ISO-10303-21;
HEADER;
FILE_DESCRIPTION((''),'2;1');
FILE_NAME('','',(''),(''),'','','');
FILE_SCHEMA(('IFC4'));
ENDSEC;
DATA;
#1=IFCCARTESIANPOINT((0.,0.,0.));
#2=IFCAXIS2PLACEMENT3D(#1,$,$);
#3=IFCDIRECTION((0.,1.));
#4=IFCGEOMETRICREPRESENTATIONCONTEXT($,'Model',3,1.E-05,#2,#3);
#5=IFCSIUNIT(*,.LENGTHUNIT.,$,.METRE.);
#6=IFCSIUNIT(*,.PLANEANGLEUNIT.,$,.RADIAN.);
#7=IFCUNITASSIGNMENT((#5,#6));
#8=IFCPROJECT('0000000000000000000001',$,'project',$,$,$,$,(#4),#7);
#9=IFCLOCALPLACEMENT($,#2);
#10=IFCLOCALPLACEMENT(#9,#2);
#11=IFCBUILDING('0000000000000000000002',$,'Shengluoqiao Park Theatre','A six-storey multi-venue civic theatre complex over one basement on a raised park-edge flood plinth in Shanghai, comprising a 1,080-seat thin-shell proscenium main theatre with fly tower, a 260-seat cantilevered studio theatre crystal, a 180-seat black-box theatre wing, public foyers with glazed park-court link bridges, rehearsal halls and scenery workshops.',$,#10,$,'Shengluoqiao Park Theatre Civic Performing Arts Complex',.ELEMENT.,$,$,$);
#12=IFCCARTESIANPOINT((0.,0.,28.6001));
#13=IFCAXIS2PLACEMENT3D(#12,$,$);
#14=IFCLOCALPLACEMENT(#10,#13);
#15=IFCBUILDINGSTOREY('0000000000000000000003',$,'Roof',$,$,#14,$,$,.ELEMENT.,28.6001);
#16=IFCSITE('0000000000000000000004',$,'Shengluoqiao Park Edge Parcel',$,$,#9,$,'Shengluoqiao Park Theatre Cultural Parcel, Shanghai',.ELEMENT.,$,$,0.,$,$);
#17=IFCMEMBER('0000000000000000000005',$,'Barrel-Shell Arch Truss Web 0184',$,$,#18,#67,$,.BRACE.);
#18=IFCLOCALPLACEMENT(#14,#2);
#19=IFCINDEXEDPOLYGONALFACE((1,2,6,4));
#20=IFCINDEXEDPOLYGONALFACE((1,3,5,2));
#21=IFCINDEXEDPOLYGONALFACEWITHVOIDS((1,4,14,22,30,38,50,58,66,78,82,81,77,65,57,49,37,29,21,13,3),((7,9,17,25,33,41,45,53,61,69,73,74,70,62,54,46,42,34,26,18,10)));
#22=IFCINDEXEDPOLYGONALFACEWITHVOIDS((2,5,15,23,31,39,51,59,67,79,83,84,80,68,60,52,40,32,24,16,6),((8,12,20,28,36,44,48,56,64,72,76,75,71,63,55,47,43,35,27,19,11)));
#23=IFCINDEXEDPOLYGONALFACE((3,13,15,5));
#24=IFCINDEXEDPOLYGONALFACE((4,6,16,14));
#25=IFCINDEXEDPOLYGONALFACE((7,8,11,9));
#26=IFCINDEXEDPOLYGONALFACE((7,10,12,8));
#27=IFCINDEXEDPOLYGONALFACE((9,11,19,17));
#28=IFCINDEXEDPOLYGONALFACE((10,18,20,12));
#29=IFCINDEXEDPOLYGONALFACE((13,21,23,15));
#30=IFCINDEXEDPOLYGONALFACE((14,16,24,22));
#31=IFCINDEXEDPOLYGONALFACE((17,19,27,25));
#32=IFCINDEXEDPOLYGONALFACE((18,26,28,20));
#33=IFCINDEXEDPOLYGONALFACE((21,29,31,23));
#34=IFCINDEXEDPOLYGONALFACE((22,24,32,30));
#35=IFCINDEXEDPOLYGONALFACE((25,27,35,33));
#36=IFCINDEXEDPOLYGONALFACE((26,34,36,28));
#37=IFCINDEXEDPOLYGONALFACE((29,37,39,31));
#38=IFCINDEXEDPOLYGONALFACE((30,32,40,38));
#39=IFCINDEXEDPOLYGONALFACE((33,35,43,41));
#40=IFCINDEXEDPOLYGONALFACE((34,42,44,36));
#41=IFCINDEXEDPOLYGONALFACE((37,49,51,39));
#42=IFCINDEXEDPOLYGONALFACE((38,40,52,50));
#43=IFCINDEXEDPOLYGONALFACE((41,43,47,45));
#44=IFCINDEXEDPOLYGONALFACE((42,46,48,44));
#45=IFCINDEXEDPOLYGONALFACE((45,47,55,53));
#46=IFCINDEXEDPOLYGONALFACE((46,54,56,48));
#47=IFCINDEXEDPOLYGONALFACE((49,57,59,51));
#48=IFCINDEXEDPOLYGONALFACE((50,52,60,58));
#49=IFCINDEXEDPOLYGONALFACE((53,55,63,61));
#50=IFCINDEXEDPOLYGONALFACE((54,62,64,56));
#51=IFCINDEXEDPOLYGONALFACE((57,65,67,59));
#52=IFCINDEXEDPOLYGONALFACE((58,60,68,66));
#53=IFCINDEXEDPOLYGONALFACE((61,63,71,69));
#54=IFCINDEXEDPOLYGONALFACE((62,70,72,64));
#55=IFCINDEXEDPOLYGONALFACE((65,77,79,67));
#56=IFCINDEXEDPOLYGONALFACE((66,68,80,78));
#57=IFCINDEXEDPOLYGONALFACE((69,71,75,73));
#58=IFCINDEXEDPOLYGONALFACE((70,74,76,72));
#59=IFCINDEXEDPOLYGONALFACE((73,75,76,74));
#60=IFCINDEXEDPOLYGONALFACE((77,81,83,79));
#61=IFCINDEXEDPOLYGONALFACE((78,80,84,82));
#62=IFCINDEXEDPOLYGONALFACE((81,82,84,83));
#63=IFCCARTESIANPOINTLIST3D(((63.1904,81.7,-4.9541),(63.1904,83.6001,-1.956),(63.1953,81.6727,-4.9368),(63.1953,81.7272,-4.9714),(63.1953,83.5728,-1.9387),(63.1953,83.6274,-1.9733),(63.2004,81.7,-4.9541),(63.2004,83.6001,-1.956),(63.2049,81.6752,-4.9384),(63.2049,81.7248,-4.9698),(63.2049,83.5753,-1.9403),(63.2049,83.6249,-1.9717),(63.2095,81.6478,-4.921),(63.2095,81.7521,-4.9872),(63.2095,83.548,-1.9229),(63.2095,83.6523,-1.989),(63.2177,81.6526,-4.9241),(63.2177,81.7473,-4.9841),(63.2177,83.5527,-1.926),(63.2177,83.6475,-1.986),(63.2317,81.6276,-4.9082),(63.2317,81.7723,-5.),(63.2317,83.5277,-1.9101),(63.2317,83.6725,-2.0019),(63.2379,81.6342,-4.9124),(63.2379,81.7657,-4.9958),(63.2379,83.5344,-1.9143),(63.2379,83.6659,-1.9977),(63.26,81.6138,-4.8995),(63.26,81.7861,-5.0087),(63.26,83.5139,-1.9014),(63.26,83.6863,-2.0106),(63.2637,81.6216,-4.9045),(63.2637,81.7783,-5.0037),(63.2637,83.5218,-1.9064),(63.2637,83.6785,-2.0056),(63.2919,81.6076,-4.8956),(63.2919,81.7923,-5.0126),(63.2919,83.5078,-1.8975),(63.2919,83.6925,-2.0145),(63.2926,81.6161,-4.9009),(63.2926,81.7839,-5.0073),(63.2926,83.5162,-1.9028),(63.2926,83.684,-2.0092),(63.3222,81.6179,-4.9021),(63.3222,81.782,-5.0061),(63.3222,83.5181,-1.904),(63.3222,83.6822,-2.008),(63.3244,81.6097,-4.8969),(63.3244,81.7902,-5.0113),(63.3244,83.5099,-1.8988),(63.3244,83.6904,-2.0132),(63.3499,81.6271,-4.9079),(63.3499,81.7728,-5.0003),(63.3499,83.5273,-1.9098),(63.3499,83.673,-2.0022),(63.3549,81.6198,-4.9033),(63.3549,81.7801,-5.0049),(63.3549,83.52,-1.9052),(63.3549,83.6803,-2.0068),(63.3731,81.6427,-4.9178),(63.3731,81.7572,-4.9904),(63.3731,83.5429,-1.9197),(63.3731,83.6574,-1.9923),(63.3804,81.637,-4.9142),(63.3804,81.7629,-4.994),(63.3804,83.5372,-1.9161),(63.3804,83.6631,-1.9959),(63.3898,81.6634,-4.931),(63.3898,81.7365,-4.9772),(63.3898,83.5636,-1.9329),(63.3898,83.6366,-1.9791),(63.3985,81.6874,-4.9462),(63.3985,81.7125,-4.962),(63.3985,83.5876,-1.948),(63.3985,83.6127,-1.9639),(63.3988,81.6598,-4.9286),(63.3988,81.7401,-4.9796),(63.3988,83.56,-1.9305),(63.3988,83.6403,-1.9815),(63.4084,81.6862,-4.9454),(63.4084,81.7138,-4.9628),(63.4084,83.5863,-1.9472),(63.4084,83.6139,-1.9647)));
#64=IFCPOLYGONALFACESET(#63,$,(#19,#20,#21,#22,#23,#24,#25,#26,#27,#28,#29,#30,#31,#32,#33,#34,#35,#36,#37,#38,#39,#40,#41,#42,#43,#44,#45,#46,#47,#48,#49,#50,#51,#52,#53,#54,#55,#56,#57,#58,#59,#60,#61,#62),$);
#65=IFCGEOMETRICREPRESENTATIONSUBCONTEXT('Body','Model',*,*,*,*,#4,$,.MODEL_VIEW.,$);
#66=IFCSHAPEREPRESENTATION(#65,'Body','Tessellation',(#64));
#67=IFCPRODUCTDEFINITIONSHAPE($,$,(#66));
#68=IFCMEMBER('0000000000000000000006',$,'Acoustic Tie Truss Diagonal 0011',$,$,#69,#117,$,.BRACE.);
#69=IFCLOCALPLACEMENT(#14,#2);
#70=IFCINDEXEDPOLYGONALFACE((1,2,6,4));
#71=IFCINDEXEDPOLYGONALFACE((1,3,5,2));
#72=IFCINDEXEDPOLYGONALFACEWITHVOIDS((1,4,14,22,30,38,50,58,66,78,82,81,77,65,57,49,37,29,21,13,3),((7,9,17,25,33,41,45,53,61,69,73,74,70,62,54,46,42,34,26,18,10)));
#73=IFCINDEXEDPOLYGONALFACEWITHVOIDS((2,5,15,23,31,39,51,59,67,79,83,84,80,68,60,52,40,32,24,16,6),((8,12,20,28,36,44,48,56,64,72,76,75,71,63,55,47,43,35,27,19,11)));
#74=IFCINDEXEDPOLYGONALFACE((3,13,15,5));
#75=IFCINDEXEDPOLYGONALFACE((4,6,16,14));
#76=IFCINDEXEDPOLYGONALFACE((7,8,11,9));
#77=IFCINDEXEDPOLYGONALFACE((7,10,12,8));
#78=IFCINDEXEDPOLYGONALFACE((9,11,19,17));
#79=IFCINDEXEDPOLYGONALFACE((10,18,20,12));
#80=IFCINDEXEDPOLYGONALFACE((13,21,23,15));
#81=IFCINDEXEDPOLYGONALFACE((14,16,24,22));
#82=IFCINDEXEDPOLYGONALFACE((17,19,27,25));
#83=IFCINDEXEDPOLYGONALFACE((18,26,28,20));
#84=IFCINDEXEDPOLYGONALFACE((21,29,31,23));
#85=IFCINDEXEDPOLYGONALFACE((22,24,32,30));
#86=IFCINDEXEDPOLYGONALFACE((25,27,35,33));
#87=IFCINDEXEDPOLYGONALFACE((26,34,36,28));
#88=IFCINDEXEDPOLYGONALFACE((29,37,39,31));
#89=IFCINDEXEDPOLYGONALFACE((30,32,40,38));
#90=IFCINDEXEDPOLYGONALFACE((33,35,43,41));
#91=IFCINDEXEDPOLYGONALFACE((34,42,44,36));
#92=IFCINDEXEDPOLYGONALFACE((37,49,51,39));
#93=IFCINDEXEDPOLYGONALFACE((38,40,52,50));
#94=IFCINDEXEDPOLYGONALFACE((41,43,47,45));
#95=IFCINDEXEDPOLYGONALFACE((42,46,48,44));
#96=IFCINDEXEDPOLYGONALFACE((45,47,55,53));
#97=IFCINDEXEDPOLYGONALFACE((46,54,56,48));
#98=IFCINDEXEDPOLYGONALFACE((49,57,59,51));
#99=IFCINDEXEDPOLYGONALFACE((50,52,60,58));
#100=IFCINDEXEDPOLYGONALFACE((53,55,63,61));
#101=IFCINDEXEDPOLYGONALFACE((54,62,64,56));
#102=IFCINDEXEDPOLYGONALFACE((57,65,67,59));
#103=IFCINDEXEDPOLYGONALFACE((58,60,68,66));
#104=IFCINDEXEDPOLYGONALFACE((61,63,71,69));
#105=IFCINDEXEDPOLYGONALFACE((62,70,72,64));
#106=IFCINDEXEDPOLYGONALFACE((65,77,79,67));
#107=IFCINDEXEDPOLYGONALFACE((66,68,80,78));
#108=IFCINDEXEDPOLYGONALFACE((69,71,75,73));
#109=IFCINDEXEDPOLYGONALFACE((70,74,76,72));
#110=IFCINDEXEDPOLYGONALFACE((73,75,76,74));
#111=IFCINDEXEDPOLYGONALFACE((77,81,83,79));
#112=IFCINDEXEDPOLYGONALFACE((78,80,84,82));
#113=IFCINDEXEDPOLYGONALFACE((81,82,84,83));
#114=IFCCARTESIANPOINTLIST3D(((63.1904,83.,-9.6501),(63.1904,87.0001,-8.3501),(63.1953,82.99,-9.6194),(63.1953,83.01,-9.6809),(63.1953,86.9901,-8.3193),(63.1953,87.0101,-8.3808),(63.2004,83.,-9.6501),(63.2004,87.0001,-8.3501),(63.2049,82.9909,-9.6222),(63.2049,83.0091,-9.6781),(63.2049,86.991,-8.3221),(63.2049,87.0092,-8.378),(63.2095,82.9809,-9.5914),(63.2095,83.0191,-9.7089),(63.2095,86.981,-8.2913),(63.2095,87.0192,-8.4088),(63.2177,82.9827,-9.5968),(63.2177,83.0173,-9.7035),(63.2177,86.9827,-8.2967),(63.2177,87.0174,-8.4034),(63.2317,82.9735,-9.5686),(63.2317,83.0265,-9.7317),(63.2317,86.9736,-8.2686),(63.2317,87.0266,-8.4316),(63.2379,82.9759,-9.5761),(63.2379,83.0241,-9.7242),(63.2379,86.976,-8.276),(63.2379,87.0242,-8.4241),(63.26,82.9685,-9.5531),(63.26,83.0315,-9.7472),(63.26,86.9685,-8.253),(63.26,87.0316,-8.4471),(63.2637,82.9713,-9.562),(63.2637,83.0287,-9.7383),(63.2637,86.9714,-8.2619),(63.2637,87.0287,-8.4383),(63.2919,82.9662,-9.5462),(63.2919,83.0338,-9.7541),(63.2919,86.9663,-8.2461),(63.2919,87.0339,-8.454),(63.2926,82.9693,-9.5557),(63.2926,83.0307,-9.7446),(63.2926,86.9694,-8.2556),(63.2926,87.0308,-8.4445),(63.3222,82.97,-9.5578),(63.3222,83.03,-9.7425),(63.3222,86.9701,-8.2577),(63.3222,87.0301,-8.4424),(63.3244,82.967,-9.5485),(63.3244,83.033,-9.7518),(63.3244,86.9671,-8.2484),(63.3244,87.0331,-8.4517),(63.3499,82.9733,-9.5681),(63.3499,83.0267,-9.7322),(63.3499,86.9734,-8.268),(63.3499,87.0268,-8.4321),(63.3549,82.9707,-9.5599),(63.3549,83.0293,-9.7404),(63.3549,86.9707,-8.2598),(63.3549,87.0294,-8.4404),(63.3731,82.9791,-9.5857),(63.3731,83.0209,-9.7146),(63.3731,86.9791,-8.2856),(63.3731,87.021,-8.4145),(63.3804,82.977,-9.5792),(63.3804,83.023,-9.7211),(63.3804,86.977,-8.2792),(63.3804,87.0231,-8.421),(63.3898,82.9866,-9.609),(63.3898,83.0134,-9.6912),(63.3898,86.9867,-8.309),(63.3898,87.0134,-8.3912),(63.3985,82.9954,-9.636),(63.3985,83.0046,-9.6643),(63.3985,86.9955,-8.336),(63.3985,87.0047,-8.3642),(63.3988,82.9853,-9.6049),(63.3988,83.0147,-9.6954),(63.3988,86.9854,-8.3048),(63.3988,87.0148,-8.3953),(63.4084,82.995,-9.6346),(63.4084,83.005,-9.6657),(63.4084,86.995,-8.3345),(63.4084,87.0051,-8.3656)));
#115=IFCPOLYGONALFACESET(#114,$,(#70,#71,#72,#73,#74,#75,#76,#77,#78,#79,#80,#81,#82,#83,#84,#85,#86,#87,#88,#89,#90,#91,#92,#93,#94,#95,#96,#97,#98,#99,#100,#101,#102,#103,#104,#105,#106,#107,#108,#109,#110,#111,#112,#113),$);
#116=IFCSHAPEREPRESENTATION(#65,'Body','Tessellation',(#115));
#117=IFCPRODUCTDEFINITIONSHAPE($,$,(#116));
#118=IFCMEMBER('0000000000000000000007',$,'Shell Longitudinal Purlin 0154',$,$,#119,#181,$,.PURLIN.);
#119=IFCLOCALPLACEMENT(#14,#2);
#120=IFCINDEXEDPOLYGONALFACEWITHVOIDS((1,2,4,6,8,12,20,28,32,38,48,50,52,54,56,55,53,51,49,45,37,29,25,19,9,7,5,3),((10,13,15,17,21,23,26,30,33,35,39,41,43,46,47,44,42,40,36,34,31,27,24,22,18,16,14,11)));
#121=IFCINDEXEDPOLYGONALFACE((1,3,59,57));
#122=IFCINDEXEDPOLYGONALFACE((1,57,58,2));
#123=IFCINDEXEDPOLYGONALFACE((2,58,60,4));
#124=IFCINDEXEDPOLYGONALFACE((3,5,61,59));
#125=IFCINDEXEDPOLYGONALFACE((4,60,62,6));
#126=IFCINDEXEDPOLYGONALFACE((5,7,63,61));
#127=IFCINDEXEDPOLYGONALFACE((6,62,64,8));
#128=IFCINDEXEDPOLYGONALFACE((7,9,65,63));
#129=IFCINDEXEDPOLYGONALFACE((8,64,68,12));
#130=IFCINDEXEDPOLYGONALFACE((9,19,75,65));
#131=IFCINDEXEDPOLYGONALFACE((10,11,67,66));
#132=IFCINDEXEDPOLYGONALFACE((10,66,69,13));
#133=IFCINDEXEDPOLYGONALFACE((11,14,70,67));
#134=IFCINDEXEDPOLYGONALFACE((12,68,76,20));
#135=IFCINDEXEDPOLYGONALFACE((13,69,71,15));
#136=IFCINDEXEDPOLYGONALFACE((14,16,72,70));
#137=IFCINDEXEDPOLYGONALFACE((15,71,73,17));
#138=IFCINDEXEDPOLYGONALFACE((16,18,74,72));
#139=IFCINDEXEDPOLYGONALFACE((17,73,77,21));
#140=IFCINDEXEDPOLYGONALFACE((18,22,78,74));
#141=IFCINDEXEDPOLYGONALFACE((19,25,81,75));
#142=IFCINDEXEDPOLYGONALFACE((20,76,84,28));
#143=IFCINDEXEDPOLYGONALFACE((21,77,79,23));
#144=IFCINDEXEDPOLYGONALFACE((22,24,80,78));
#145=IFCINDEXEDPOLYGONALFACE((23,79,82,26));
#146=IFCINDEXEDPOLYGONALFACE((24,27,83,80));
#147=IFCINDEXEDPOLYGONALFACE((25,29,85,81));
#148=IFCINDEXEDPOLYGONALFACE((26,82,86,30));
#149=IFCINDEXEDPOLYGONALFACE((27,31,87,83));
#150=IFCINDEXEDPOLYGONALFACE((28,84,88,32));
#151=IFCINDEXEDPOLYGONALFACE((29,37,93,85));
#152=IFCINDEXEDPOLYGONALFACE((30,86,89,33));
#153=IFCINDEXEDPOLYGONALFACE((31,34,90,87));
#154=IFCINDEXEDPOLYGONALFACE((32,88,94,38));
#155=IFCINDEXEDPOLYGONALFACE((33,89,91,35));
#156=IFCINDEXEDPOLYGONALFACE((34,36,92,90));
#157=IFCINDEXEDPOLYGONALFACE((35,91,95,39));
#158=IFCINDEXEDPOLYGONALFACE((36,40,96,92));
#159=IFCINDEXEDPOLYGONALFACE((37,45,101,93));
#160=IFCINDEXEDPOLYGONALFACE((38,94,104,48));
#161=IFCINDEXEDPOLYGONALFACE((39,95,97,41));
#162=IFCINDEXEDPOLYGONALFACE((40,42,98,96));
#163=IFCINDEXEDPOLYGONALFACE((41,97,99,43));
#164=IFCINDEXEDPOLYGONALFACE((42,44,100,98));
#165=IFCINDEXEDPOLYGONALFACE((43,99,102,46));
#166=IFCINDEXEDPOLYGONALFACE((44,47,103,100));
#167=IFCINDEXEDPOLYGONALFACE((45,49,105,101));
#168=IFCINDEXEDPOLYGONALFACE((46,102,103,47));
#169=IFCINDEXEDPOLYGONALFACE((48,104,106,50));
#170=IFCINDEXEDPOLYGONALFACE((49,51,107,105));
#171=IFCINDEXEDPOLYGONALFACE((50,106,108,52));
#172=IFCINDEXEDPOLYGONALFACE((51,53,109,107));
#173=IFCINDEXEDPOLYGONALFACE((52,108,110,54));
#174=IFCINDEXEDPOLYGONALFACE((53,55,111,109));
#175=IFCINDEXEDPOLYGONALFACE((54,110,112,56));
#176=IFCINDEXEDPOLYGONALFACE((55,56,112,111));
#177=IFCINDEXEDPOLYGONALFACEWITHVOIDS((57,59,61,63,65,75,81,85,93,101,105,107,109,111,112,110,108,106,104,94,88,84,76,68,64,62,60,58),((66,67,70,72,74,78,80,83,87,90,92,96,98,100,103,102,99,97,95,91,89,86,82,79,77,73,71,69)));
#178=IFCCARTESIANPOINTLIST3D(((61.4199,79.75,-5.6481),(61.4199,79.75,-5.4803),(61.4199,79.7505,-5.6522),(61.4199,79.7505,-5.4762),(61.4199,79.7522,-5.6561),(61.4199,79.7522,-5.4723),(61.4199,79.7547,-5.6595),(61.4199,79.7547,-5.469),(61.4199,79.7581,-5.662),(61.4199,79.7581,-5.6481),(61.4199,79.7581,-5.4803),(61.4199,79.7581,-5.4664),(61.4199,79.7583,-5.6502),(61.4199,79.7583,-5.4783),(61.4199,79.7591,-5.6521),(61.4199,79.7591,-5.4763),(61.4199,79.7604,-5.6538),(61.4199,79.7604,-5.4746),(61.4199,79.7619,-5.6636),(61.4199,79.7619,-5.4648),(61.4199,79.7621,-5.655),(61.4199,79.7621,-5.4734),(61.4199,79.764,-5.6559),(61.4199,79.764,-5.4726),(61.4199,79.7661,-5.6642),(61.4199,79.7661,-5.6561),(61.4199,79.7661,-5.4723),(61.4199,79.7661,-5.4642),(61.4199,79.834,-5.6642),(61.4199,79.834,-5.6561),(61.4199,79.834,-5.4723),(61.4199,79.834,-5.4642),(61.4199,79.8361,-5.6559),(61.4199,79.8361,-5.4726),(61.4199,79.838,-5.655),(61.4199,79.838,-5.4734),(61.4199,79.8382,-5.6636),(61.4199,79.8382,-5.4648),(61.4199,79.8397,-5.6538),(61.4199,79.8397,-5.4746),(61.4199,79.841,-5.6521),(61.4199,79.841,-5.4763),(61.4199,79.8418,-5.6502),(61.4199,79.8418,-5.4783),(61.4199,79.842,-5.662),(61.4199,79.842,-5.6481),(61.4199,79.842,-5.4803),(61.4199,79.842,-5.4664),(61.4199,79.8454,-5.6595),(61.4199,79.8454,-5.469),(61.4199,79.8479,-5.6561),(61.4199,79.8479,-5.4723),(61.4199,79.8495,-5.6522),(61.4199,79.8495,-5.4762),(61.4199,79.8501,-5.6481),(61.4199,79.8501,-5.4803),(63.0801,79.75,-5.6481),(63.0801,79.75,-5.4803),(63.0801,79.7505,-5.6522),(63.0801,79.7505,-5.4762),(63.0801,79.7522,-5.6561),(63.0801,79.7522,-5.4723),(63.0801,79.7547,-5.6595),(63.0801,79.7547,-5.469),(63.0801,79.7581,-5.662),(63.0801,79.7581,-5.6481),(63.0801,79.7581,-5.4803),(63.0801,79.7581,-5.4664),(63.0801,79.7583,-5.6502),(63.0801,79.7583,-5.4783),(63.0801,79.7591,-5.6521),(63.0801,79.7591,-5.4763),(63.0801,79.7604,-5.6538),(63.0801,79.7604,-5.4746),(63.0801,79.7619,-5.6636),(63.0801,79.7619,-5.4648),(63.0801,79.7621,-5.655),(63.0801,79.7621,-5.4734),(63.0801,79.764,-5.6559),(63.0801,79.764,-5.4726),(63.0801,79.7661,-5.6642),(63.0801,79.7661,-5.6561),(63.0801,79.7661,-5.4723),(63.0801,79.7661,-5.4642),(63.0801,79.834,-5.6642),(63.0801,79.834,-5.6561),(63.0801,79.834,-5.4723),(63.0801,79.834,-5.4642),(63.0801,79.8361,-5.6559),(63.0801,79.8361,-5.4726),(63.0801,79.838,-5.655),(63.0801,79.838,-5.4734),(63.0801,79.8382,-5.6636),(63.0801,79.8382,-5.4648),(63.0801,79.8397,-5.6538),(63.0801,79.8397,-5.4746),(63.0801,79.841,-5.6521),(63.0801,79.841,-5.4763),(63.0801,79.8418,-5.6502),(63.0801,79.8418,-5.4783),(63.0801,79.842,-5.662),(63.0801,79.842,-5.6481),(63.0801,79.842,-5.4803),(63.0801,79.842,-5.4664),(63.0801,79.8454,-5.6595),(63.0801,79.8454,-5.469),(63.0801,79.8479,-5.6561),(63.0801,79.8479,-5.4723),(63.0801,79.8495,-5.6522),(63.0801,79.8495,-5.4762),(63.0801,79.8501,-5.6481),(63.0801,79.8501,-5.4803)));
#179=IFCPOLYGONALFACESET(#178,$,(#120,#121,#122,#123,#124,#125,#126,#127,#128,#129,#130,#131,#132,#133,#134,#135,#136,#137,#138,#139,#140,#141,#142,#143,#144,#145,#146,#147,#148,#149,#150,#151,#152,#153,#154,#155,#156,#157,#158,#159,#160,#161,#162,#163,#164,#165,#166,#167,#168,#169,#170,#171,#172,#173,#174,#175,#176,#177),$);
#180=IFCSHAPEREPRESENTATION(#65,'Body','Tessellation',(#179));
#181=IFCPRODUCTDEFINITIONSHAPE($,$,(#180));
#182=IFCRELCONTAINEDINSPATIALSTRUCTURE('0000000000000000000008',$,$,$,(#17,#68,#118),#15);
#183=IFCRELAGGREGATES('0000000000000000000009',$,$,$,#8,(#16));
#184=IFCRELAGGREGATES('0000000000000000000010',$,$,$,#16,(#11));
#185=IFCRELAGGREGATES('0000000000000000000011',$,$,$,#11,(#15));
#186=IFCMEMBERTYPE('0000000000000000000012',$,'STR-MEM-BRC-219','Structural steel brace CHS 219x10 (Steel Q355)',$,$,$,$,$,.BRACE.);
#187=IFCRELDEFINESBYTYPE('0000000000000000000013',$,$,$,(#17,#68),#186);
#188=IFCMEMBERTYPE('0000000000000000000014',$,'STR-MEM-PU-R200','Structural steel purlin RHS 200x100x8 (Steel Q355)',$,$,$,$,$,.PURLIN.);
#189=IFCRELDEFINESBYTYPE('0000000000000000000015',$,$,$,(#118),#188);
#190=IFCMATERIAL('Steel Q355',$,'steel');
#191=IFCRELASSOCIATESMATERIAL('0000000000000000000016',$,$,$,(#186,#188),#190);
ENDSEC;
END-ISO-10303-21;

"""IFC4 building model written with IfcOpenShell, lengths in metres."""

from ifc_helpers import new_model, si_unit, direction, frame, origin, origin_2d, place, context, subcontext, project, spatial, hollow_rectangle, hollow_circle, extrude, material, material_profile, profile_set, type_object, element, save


model = new_model("IFC4")

# Units and contexts
model_context = context("Model", 3, precision=1e-05, world=origin(), true_north=direction((0.0, 1.0)))
body_context = subcontext(model_context, "Body", "Model", "MODEL_VIEW")
ifc_project = project(units=[si_unit("LENGTHUNIT", "METRE"), si_unit("PLANEANGLEUNIT", "RADIAN")], contexts=[model_context])

# Site, building, storey
site_placement = place(None, origin())
site = spatial("IfcSite", under=ifc_project, at=site_placement, Name="Shengluoqiao Park Edge Parcel", LongName="Shengluoqiao Park Theatre Cultural Parcel, Shanghai", CompositionType="ELEMENT", RefElevation=0.0)
building_placement = place(site_placement, origin())
building = spatial("IfcBuilding", under=site, at=building_placement, Name="Shengluoqiao Park Theatre", Description="A six-storey multi-venue civic theatre complex over one basement on a raised park-edge flood plinth in Shanghai, comprising a 1,080-seat thin-shell proscenium main theatre with fly tower, a 260-seat cantilevered studio theatre crystal, a 180-seat black-box theatre wing, public foyers with glazed park-court link bridges, rehearsal halls and scenery workshops.", LongName="Shengluoqiao Park Theatre Civic Performing Arts Complex", CompositionType="ELEMENT")
storey_placement = place(building_placement, frame((0.0, 0.0, 28.6001)))
storey = spatial("IfcBuildingStorey", under=building, at=storey_placement, Name="Roof", CompositionType="ELEMENT", Elevation=28.6001)

# Shared definitions
ifc_material_1 = material(Name="Steel Q355", Category="steel")

# Members
ifc_material_profile_1 = material_profile(ifc_material_1, hollow_circle(Radius=0.1096, WallThickness=0.01, at=origin_2d()), Name="CHS 219x10")
ifc_profile_set_1 = profile_set([ifc_material_profile_1], Name="Steel Q355")
member_type_1 = type_object("IfcMemberType", Name="STR-MEM-BRC-219", Description="Structural steel brace CHS 219x10 (Steel Q355)", PredefinedType="BRACE", material=ifc_profile_set_1)
member_1_placement = place(storey_placement, frame((63.3, 81.7, -4.9541), z_axis=(0.0, 0.53533, 0.844643), x_axis=(-1.0, 0.0, 0.0)))
element("IfcMember", 1, at=member_1_placement, inside=storey, type_object=member_type_1, Name="Barrel-Shell Arch Truss Web 0184", PredefinedType="BRACE", context=body_context, shape_type="SweptSolid", body=[
    extrude(hollow_circle(Radius=0.1096, WallThickness=0.01, at=origin_2d()), origin(), (0.0, 0.0, 1.0), 3.5496),
])
member_2_placement = place(storey_placement, frame((63.3, 83.0, -9.6501), z_axis=(0.0, 0.951031, 0.309097), x_axis=(-1.0, 0.0, 0.0)))
element("IfcMember", 2, at=member_2_placement, inside=storey, type_object=member_type_1, Name="Acoustic Tie Truss Diagonal 0011", PredefinedType="BRACE", context=body_context, shape_type="SweptSolid", body=[
    extrude(hollow_circle(Radius=0.1096, WallThickness=0.01, at=origin_2d()), origin(), (0.0, 0.0, 1.0), 4.2061),
])
ifc_material_profile_2 = material_profile(ifc_material_1, hollow_rectangle(XDim=0.1001, YDim=0.2, WallThickness=0.0081, InnerFilletRadius=0.0081, OuterFilletRadius=0.0161, at=origin_2d()), Name="RHS 200x100x8")
ifc_profile_set_2 = profile_set([ifc_material_profile_2], Name="Steel Q355")
member_type_2 = type_object("IfcMemberType", Name="STR-MEM-PU-R200", Description="Structural steel purlin RHS 200x100x8 (Steel Q355)", PredefinedType="PURLIN", material=ifc_profile_set_2)
member_3_placement = place(storey_placement, frame((61.4199, 79.8, -5.5642), z_axis=(1.0, 0.0, 0.0), x_axis=(0.0, 1.0, 0.0)))
element("IfcMember", 3, at=member_3_placement, inside=storey, type_object=member_type_2, Name="Shell Longitudinal Purlin 0154", PredefinedType="PURLIN", context=body_context, shape_type="SweptSolid", body=[
    extrude(hollow_rectangle(XDim=0.1001, YDim=0.2, WallThickness=0.0081, InnerFilletRadius=0.0081, OuterFilletRadius=0.0161, at=origin_2d()), origin(), (0.0, 0.0, 1.0), 1.6602),
])

save(model, "model.ifc")
